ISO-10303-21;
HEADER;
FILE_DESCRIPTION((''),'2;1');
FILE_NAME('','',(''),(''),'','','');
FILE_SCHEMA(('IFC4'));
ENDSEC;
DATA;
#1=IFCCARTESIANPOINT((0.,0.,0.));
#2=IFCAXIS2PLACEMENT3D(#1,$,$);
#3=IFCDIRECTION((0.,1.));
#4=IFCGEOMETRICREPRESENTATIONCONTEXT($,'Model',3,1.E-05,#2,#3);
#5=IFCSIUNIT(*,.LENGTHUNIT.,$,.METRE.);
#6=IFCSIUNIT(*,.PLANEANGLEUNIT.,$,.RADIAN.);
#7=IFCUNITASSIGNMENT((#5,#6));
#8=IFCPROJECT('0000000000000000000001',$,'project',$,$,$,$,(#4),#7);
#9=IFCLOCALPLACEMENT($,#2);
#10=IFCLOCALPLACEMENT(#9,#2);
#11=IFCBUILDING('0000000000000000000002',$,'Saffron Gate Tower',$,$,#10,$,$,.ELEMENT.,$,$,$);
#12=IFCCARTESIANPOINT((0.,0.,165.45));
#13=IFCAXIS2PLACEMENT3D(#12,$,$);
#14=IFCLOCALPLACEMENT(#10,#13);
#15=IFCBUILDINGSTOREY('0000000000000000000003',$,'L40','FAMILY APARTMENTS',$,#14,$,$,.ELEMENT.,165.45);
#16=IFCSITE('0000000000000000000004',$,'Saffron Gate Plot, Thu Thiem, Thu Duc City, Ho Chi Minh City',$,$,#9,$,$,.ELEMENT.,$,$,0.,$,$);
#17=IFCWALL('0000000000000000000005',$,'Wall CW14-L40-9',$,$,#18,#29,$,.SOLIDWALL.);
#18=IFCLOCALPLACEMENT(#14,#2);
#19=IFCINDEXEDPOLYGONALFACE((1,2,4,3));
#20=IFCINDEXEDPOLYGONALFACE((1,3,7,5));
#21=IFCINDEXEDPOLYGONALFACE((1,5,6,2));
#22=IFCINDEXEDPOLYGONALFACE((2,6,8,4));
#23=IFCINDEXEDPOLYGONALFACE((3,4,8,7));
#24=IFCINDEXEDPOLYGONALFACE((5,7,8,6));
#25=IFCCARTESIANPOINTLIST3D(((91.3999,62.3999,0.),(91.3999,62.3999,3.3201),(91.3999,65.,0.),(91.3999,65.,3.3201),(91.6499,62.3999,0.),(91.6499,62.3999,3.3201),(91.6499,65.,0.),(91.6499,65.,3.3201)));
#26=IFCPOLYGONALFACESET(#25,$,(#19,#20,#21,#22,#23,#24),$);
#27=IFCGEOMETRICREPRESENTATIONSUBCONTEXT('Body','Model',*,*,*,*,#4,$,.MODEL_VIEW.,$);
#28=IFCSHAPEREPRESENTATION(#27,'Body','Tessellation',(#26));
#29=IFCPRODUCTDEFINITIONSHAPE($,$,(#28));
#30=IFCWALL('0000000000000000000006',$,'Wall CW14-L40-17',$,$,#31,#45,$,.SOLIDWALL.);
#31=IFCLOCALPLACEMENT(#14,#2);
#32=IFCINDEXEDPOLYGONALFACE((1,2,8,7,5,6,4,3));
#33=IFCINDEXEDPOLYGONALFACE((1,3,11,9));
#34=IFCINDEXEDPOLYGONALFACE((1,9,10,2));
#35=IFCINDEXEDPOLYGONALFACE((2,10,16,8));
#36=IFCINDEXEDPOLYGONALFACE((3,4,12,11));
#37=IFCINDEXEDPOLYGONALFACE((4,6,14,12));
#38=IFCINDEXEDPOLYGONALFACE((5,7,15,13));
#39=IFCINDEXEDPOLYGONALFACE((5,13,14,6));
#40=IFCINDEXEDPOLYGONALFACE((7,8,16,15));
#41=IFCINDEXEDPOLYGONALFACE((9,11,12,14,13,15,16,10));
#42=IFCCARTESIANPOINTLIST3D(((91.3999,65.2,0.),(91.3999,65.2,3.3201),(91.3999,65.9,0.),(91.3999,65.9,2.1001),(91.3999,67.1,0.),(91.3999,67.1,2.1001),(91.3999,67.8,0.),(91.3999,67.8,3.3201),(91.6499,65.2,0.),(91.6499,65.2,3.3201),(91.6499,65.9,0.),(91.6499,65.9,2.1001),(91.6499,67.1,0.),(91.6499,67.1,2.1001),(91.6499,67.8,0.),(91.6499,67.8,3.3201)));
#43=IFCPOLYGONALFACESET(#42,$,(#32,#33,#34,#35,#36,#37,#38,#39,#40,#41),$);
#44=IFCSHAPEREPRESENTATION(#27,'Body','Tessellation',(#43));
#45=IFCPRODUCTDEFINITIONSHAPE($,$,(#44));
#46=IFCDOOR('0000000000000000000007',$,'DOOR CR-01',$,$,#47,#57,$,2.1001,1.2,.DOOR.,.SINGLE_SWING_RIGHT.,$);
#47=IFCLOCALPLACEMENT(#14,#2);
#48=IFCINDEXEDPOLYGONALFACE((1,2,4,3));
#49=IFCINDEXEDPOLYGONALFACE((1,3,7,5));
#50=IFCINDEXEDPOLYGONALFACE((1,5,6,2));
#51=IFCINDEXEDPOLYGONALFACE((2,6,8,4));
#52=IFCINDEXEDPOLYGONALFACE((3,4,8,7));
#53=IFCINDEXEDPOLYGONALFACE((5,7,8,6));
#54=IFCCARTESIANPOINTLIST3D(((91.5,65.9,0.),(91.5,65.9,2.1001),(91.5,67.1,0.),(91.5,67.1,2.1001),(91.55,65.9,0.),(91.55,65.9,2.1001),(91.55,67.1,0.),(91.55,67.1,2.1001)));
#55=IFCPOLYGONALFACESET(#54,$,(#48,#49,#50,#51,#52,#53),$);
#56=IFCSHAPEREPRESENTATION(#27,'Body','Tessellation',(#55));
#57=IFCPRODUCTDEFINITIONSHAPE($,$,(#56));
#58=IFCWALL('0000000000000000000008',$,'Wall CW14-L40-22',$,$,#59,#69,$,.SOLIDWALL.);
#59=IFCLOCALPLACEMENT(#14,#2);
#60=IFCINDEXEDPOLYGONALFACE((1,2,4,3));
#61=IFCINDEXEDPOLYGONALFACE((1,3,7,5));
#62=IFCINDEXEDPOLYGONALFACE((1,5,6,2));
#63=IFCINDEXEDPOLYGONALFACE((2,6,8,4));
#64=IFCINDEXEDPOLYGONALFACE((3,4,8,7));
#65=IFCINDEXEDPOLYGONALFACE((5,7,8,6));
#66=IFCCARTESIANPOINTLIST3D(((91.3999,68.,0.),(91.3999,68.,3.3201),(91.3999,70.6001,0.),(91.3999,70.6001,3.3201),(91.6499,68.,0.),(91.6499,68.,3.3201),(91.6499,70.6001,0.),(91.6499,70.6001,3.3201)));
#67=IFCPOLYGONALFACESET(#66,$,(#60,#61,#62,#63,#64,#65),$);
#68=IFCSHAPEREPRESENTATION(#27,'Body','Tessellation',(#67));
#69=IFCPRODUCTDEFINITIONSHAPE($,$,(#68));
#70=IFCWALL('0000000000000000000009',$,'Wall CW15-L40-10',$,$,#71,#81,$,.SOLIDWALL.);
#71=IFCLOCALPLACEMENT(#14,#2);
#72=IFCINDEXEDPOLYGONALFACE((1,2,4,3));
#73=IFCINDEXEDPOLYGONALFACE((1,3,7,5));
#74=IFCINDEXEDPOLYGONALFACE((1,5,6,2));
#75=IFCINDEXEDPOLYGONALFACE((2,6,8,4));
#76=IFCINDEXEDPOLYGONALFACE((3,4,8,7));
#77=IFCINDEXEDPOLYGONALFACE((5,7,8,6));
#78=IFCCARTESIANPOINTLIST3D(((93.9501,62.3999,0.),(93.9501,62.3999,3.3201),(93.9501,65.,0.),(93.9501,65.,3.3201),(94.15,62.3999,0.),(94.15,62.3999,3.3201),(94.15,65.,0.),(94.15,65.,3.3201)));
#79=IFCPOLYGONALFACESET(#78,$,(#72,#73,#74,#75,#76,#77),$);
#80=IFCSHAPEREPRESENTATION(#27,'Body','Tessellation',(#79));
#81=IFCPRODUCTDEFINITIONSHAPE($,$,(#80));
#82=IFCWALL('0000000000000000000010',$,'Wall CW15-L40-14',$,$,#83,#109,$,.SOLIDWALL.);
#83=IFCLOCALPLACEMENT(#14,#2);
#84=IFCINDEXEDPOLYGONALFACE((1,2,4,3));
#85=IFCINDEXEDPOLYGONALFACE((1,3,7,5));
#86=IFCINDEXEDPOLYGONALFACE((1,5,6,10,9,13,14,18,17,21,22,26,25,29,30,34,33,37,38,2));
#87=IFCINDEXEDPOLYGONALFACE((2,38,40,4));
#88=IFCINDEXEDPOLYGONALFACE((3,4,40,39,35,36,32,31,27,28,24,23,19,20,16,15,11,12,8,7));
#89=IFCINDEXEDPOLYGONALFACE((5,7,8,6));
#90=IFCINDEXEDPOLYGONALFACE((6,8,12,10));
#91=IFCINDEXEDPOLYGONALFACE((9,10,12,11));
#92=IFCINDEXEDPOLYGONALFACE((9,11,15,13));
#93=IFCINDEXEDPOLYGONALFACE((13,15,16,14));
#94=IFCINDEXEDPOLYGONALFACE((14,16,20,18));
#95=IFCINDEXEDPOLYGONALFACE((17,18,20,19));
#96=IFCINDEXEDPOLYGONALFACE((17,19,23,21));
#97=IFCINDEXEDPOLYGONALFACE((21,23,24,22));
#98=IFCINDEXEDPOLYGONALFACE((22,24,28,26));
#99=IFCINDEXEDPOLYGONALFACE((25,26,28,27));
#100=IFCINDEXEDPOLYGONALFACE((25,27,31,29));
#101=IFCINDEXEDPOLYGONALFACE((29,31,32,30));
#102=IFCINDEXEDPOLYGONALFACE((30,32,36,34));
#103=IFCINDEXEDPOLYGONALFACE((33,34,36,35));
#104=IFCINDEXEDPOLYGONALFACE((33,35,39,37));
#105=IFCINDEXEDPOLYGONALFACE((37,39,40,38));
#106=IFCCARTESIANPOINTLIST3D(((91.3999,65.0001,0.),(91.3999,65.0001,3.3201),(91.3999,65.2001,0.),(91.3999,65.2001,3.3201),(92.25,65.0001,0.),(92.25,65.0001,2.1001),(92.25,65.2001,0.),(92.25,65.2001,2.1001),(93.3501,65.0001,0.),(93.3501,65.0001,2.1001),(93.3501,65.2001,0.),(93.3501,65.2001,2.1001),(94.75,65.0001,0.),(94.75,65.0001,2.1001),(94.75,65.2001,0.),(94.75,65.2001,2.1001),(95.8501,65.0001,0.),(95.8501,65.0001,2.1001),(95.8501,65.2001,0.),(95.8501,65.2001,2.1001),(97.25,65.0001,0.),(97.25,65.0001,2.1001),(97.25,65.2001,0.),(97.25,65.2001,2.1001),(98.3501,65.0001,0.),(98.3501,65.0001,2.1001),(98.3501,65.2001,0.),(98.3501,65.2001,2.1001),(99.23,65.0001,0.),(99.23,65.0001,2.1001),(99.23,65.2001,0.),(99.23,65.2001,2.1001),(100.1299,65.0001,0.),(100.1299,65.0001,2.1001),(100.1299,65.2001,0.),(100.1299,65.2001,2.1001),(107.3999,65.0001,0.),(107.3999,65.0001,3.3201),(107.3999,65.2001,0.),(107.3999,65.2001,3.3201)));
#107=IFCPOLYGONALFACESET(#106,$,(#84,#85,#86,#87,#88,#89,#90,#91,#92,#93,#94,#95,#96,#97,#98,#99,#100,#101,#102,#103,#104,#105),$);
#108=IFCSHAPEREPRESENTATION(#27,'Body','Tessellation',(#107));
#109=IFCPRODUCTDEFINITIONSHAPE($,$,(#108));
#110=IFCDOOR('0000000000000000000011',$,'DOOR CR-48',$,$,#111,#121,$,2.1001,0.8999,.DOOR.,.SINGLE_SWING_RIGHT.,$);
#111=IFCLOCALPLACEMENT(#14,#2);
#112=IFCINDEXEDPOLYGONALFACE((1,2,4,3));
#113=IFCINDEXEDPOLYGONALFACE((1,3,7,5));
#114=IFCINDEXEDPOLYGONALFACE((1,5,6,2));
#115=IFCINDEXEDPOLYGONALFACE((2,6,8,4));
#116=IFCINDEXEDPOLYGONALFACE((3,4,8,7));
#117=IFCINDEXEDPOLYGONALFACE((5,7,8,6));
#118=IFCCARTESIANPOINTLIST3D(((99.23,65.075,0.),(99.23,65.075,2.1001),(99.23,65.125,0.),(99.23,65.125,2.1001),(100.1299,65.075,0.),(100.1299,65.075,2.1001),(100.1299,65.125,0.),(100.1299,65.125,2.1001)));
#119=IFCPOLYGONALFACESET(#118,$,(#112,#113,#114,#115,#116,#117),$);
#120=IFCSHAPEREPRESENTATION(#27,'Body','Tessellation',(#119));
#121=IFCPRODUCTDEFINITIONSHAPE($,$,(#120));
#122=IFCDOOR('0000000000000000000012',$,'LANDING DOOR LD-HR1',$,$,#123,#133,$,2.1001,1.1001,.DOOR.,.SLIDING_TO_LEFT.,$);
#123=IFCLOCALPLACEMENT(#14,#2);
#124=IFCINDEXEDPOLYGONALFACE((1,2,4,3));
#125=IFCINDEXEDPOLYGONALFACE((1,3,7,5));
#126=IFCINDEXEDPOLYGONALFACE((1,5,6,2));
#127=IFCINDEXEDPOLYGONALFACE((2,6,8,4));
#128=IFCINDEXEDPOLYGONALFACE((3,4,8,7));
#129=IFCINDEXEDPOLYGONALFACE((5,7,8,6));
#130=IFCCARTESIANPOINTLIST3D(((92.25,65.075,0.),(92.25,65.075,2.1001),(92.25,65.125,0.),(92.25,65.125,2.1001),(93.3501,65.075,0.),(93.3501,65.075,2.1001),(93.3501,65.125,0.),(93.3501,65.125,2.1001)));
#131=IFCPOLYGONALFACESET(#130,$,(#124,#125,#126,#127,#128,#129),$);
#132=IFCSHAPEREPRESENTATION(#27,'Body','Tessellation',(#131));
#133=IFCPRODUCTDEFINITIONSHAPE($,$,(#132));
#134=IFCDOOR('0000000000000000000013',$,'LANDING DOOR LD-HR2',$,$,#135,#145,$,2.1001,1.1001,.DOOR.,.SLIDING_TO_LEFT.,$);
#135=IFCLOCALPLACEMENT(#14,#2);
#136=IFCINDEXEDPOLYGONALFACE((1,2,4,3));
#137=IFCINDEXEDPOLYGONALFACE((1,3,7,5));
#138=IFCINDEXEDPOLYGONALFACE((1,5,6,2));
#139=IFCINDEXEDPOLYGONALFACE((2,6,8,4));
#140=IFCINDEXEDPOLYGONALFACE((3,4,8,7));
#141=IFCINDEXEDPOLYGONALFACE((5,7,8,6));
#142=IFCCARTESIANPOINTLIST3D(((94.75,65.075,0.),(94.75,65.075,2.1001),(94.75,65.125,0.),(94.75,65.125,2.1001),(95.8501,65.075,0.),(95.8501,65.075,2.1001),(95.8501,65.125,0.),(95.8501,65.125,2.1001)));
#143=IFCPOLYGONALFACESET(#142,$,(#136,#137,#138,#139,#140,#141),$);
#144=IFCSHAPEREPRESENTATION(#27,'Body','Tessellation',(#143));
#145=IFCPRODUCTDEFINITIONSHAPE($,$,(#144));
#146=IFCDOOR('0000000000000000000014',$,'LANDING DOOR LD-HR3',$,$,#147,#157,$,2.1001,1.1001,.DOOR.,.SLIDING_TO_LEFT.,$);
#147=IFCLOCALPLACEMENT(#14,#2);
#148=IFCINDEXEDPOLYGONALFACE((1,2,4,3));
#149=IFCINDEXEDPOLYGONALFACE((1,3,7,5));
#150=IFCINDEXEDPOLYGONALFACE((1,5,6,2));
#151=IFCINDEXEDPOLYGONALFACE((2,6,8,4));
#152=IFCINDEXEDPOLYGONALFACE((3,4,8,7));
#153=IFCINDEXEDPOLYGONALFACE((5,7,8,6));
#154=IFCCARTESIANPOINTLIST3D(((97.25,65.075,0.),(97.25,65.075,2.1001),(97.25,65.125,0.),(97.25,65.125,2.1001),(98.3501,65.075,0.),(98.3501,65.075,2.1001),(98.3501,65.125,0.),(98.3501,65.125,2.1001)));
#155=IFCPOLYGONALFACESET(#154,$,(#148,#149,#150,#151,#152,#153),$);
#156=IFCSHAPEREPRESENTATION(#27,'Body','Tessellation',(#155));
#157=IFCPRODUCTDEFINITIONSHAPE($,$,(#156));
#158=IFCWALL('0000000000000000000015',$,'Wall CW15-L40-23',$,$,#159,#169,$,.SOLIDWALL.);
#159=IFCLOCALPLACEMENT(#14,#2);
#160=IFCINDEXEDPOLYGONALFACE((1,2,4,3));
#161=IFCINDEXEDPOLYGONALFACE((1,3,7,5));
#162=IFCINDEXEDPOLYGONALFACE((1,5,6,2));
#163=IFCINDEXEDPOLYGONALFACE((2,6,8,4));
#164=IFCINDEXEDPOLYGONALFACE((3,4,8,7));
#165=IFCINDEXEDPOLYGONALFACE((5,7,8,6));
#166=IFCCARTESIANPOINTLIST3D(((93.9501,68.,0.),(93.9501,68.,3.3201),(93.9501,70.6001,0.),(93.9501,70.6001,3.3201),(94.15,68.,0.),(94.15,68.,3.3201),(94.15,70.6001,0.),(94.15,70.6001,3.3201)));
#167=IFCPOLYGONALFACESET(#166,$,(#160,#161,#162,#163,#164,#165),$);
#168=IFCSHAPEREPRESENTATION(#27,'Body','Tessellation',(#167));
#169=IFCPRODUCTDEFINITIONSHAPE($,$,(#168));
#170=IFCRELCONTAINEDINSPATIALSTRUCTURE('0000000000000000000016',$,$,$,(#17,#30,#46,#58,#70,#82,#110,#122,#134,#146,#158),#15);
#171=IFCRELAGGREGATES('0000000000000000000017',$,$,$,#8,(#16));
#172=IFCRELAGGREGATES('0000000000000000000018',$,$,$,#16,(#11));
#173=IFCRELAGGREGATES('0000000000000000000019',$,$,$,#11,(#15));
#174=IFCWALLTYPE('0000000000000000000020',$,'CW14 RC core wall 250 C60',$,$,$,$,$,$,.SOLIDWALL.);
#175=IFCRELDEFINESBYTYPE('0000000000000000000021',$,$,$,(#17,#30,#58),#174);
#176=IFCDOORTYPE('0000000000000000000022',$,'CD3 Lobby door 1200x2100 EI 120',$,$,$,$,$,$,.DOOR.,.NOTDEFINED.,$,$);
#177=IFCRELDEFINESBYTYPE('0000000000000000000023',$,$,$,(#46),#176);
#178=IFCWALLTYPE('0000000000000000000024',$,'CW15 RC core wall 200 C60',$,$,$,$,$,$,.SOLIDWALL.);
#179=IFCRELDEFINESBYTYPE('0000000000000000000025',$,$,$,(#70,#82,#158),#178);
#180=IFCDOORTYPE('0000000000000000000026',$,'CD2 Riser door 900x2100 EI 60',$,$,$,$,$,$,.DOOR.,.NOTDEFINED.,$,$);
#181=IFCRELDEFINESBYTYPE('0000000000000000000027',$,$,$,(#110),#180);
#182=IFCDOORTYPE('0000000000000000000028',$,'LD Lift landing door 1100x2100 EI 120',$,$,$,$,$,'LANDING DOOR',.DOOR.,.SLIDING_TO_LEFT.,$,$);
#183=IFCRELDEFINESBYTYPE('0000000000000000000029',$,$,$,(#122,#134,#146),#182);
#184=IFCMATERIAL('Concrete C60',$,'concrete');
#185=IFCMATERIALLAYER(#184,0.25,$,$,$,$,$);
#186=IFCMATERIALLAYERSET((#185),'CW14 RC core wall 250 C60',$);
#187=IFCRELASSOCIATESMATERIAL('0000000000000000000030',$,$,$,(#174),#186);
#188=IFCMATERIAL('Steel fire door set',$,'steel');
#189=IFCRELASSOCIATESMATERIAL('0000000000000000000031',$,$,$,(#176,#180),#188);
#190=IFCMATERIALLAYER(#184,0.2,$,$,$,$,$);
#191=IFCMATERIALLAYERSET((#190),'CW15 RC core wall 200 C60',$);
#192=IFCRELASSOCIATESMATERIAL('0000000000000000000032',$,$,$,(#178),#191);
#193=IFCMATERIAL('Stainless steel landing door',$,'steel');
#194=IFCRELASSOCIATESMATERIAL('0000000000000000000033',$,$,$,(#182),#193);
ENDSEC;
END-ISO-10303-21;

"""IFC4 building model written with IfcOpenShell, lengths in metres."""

from ifc_helpers import new_model, si_unit, direction, frame, frame_2d, origin, place, context, subcontext, project, spatial, rectangle, extrude, material, layer, layer_set, type_object, element, fill, save


model = new_model("IFC4")

# Units and contexts
model_context = context("Model", 3, precision=1e-05, world=origin(), true_north=direction((0.0, 1.0)))
body_context = subcontext(model_context, "Body", "Model", "MODEL_VIEW")
ifc_project = project(units=[si_unit("LENGTHUNIT", "METRE"), si_unit("PLANEANGLEUNIT", "RADIAN")], contexts=[model_context])

# Site, building, storey
site_placement = place(None, origin())
site = spatial("IfcSite", under=ifc_project, at=site_placement, Name="Saffron Gate Plot, Thu Thiem, Thu Duc City, Ho Chi Minh City", CompositionType="ELEMENT", RefElevation=0.0)
building_placement = place(site_placement, origin())
building = spatial("IfcBuilding", under=site, at=building_placement, Name="Saffron Gate Tower", CompositionType="ELEMENT")
storey_placement = place(building_placement, frame((0.0, 0.0, 165.45)))
storey = spatial("IfcBuildingStorey", under=building, at=storey_placement, Name="L40", Description="FAMILY APARTMENTS", CompositionType="ELEMENT", Elevation=165.45)

# Wall
ifc_material_1 = material(Name="Concrete C60", Category="concrete")
ifc_layer_1 = layer(ifc_material_1, 0.25)
ifc_layer_set_1 = layer_set([ifc_layer_1], Name="CW14 RC core wall 250 C60")
wall_type_1 = type_object("IfcWallType", Name="CW14 RC core wall 250 C60", PredefinedType="SOLIDWALL", material=ifc_layer_set_1)
wall_1_placement = place(storey_placement, frame((91.5249, 62.3999, 0.0), z_axis=(0.0, 0.0, 1.0), x_axis=(0.0, 1.0, 0.0)))
element("IfcWall", 1, at=wall_1_placement, inside=storey, type_object=wall_type_1, Name="Wall CW14-L40-9", PredefinedType="SOLIDWALL", context=body_context, shape_type="SweptSolid", body=[
    extrude(rectangle(XDim=2.6001, YDim=0.25, at=frame_2d((1.3, 0.0))), origin(), (0.0, 0.0, 1.0), 3.3201),
])

# Wall, opening, door
wall_2_placement = place(storey_placement, frame((91.5249, 65.2, 0.0), z_axis=(0.0, 0.0, 1.0), x_axis=(0.0, 1.0, 0.0)))
wall_2 = element("IfcWall", 2, at=wall_2_placement, inside=storey, type_object=wall_type_1, Name="Wall CW14-L40-17", PredefinedType="SOLIDWALL", context=body_context, shape_type="SweptSolid", body=[
    extrude(rectangle(XDim=2.6001, YDim=0.25, at=frame_2d((1.3, 0.0))), origin(), (0.0, 0.0, 1.0), 3.3201),
])
opening_1_placement = place(wall_2_placement, frame((0.7, 0.0, 0.0)))
opening_1 = element("IfcOpeningElement", 3, at=opening_1_placement, cuts=wall_2, PredefinedType="OPENING", context=body_context, shape_type="SweptSolid", body=[
    extrude(rectangle(XDim=1.2, YDim=2.1001, at=frame_2d((0.6001, 1.05))), frame((0.0, 0.135, 0.0), z_axis=(0.0, -1.0, 0.0), x_axis=(1.0, 0.0, 0.0)), (0.0, 0.0, 1.0), 0.27),
])
ifc_material_2 = material(Name="Steel fire door set", Category="steel")
door_type_1 = type_object("IfcDoorType", Name="CD3 Lobby door 1200x2100 EI 120", OperationType="NOTDEFINED", PredefinedType="DOOR", material=ifc_material_2)
door_1_placement = place(opening_1_placement, origin())
door_1 = element("IfcDoor", 4, at=door_1_placement, inside=storey, type_object=door_type_1, Name="DOOR CR-01", OperationType="SINGLE_SWING_RIGHT", OverallHeight=2.1001, OverallWidth=1.2, PredefinedType="DOOR", context=body_context, shape_type="SweptSolid", body=[
    extrude(rectangle(XDim=1.2, YDim=2.1001, at=frame_2d((0.6001, 1.05))), frame((0.0, 0.0249, 0.0), z_axis=(0.0, -1.0, 0.0), x_axis=(1.0, 0.0, 0.0)), (0.0, 0.0, 1.0), 0.05),
])
fill(opening_1, door_1)

# Walls
wall_3_placement = place(storey_placement, frame((91.5249, 68.0, 0.0), z_axis=(0.0, 0.0, 1.0), x_axis=(0.0, 1.0, 0.0)))
element("IfcWall", 5, at=wall_3_placement, inside=storey, type_object=wall_type_1, Name="Wall CW14-L40-22", PredefinedType="SOLIDWALL", context=body_context, shape_type="SweptSolid", body=[
    extrude(rectangle(XDim=2.6001, YDim=0.25, at=frame_2d((1.3, 0.0))), origin(), (0.0, 0.0, 1.0), 3.3201),
])
ifc_layer_2 = layer(ifc_material_1, 0.2)
ifc_layer_set_2 = layer_set([ifc_layer_2], Name="CW15 RC core wall 200 C60")
wall_type_2 = type_object("IfcWallType", Name="CW15 RC core wall 200 C60", PredefinedType="SOLIDWALL", material=ifc_layer_set_2)
wall_4_placement = place(storey_placement, frame((94.05, 62.3999, 0.0), z_axis=(0.0, 0.0, 1.0), x_axis=(0.0, 1.0, 0.0)))
element("IfcWall", 6, at=wall_4_placement, inside=storey, type_object=wall_type_2, Name="Wall CW15-L40-10", PredefinedType="SOLIDWALL", context=body_context, shape_type="SweptSolid", body=[
    extrude(rectangle(XDim=2.6001, YDim=0.2, at=frame_2d((1.3, 0.0))), origin(), (0.0, 0.0, 1.0), 3.3201),
])

# Wall, openings, doors
wall_5_placement = place(storey_placement, frame((91.3999, 65.1001, 0.0), z_axis=(0.0, 0.0, 1.0), x_axis=(1.0, 0.0, 0.0)))
wall_5 = element("IfcWall", 7, at=wall_5_placement, inside=storey, type_object=wall_type_2, Name="Wall CW15-L40-14", PredefinedType="SOLIDWALL", context=body_context, shape_type="SweptSolid", body=[
    extrude(rectangle(XDim=16.0, YDim=0.2, at=frame_2d((8.0, 0.0))), origin(), (0.0, 0.0, 1.0), 3.3201),
])
opening_2_placement = place(wall_5_placement, frame((0.8501, 0.0, 0.0)))
opening_2 = element("IfcOpeningElement", 8, at=opening_2_placement, cuts=wall_5, PredefinedType="OPENING", context=body_context, shape_type="SweptSolid", body=[
    extrude(rectangle(XDim=1.1001, YDim=2.1001, at=frame_2d((0.55, 1.05))), frame((0.0, 0.1099, 0.0), z_axis=(0.0, -1.0, 0.0), x_axis=(1.0, 0.0, 0.0)), (0.0, 0.0, 1.0), 0.22),
])
opening_3_placement = place(wall_5_placement, frame((3.3501, 0.0, 0.0)))
opening_3 = element("IfcOpeningElement", 9, at=opening_3_placement, cuts=wall_5, PredefinedType="OPENING", context=body_context, shape_type="SweptSolid", body=[
    extrude(rectangle(XDim=1.1001, YDim=2.1001, at=frame_2d((0.55, 1.05))), frame((0.0, 0.1099, 0.0), z_axis=(0.0, -1.0, 0.0), x_axis=(1.0, 0.0, 0.0)), (0.0, 0.0, 1.0), 0.22),
])
opening_4_placement = place(wall_5_placement, frame((5.8501, 0.0, 0.0)))
opening_4 = element("IfcOpeningElement", 10, at=opening_4_placement, cuts=wall_5, PredefinedType="OPENING", context=body_context, shape_type="SweptSolid", body=[
    extrude(rectangle(XDim=1.1001, YDim=2.1001, at=frame_2d((0.55, 1.05))), frame((0.0, 0.1099, 0.0), z_axis=(0.0, -1.0, 0.0), x_axis=(1.0, 0.0, 0.0)), (0.0, 0.0, 1.0), 0.22),
])
opening_5_placement = place(wall_5_placement, frame((7.8301, 0.0, 0.0)))
opening_5 = element("IfcOpeningElement", 11, at=opening_5_placement, cuts=wall_5, PredefinedType="OPENING", context=body_context, shape_type="SweptSolid", body=[
    extrude(rectangle(XDim=0.8999, YDim=2.1001, at=frame_2d((0.45, 1.05))), frame((0.0, 0.1099, 0.0), z_axis=(0.0, -1.0, 0.0), x_axis=(1.0, 0.0, 0.0)), (0.0, 0.0, 1.0), 0.22),
])
door_type_2 = type_object("IfcDoorType", Name="CD2 Riser door 900x2100 EI 60", OperationType="NOTDEFINED", PredefinedType="DOOR", material=ifc_material_2)
door_2_placement = place(opening_5_placement, origin())
door_2 = element("IfcDoor", 12, at=door_2_placement, inside=storey, type_object=door_type_2, Name="DOOR CR-48", OperationType="SINGLE_SWING_RIGHT", OverallHeight=2.1001, OverallWidth=0.8999, PredefinedType="DOOR", context=body_context, shape_type="SweptSolid", body=[
    extrude(rectangle(XDim=0.8999, YDim=2.1001, at=frame_2d((0.45, 1.05))), frame((0.0, 0.0249, 0.0), z_axis=(0.0, -1.0, 0.0), x_axis=(1.0, 0.0, 0.0)), (0.0, 0.0, 1.0), 0.05),
])
fill(opening_5, door_2)
ifc_material_3 = material(Name="Stainless steel landing door", Category="steel")
door_type_3 = type_object("IfcDoorType", Name="LD Lift landing door 1100x2100 EI 120", ElementType="LANDING DOOR", OperationType="SLIDING_TO_LEFT", PredefinedType="DOOR", material=ifc_material_3)
door_3_placement = place(opening_2_placement, origin())
door_3 = element("IfcDoor", 13, at=door_3_placement, inside=storey, type_object=door_type_3, Name="LANDING DOOR LD-HR1", OperationType="SLIDING_TO_LEFT", OverallHeight=2.1001, OverallWidth=1.1001, PredefinedType="DOOR", context=body_context, shape_type="SweptSolid", body=[
    extrude(rectangle(XDim=1.1001, YDim=2.1001, at=frame_2d((0.55, 1.05))), frame((0.0, 0.0249, 0.0), z_axis=(0.0, -1.0, 0.0), x_axis=(1.0, 0.0, 0.0)), (0.0, 0.0, 1.0), 0.05),
])
fill(opening_2, door_3)
door_4_placement = place(opening_3_placement, origin())
door_4 = element("IfcDoor", 14, at=door_4_placement, inside=storey, type_object=door_type_3, Name="LANDING DOOR LD-HR2", OperationType="SLIDING_TO_LEFT", OverallHeight=2.1001, OverallWidth=1.1001, PredefinedType="DOOR", context=body_context, shape_type="SweptSolid", body=[
    extrude(rectangle(XDim=1.1001, YDim=2.1001, at=frame_2d((0.55, 1.05))), frame((0.0, 0.0249, 0.0), z_axis=(0.0, -1.0, 0.0), x_axis=(1.0, 0.0, 0.0)), (0.0, 0.0, 1.0), 0.05),
])
fill(opening_3, door_4)
door_5_placement = place(opening_4_placement, origin())
door_5 = element("IfcDoor", 15, at=door_5_placement, inside=storey, type_object=door_type_3, Name="LANDING DOOR LD-HR3", OperationType="SLIDING_TO_LEFT", OverallHeight=2.1001, OverallWidth=1.1001, PredefinedType="DOOR", context=body_context, shape_type="SweptSolid", body=[
    extrude(rectangle(XDim=1.1001, YDim=2.1001, at=frame_2d((0.55, 1.05))), frame((0.0, 0.0249, 0.0), z_axis=(0.0, -1.0, 0.0), x_axis=(1.0, 0.0, 0.0)), (0.0, 0.0, 1.0), 0.05),
])
fill(opening_4, door_5)

# Wall
wall_6_placement = place(storey_placement, frame((94.05, 68.0, 0.0), z_axis=(0.0, 0.0, 1.0), x_axis=(0.0, 1.0, 0.0)))
element("IfcWall", 16, at=wall_6_placement, inside=storey, type_object=wall_type_2, Name="Wall CW15-L40-23", PredefinedType="SOLIDWALL", context=body_context, shape_type="SweptSolid", body=[
    extrude(rectangle(XDim=2.6001, YDim=0.2, at=frame_2d((1.3, 0.0))), origin(), (0.0, 0.0, 1.0), 3.3201),
])

save(model, "model.ifc")
